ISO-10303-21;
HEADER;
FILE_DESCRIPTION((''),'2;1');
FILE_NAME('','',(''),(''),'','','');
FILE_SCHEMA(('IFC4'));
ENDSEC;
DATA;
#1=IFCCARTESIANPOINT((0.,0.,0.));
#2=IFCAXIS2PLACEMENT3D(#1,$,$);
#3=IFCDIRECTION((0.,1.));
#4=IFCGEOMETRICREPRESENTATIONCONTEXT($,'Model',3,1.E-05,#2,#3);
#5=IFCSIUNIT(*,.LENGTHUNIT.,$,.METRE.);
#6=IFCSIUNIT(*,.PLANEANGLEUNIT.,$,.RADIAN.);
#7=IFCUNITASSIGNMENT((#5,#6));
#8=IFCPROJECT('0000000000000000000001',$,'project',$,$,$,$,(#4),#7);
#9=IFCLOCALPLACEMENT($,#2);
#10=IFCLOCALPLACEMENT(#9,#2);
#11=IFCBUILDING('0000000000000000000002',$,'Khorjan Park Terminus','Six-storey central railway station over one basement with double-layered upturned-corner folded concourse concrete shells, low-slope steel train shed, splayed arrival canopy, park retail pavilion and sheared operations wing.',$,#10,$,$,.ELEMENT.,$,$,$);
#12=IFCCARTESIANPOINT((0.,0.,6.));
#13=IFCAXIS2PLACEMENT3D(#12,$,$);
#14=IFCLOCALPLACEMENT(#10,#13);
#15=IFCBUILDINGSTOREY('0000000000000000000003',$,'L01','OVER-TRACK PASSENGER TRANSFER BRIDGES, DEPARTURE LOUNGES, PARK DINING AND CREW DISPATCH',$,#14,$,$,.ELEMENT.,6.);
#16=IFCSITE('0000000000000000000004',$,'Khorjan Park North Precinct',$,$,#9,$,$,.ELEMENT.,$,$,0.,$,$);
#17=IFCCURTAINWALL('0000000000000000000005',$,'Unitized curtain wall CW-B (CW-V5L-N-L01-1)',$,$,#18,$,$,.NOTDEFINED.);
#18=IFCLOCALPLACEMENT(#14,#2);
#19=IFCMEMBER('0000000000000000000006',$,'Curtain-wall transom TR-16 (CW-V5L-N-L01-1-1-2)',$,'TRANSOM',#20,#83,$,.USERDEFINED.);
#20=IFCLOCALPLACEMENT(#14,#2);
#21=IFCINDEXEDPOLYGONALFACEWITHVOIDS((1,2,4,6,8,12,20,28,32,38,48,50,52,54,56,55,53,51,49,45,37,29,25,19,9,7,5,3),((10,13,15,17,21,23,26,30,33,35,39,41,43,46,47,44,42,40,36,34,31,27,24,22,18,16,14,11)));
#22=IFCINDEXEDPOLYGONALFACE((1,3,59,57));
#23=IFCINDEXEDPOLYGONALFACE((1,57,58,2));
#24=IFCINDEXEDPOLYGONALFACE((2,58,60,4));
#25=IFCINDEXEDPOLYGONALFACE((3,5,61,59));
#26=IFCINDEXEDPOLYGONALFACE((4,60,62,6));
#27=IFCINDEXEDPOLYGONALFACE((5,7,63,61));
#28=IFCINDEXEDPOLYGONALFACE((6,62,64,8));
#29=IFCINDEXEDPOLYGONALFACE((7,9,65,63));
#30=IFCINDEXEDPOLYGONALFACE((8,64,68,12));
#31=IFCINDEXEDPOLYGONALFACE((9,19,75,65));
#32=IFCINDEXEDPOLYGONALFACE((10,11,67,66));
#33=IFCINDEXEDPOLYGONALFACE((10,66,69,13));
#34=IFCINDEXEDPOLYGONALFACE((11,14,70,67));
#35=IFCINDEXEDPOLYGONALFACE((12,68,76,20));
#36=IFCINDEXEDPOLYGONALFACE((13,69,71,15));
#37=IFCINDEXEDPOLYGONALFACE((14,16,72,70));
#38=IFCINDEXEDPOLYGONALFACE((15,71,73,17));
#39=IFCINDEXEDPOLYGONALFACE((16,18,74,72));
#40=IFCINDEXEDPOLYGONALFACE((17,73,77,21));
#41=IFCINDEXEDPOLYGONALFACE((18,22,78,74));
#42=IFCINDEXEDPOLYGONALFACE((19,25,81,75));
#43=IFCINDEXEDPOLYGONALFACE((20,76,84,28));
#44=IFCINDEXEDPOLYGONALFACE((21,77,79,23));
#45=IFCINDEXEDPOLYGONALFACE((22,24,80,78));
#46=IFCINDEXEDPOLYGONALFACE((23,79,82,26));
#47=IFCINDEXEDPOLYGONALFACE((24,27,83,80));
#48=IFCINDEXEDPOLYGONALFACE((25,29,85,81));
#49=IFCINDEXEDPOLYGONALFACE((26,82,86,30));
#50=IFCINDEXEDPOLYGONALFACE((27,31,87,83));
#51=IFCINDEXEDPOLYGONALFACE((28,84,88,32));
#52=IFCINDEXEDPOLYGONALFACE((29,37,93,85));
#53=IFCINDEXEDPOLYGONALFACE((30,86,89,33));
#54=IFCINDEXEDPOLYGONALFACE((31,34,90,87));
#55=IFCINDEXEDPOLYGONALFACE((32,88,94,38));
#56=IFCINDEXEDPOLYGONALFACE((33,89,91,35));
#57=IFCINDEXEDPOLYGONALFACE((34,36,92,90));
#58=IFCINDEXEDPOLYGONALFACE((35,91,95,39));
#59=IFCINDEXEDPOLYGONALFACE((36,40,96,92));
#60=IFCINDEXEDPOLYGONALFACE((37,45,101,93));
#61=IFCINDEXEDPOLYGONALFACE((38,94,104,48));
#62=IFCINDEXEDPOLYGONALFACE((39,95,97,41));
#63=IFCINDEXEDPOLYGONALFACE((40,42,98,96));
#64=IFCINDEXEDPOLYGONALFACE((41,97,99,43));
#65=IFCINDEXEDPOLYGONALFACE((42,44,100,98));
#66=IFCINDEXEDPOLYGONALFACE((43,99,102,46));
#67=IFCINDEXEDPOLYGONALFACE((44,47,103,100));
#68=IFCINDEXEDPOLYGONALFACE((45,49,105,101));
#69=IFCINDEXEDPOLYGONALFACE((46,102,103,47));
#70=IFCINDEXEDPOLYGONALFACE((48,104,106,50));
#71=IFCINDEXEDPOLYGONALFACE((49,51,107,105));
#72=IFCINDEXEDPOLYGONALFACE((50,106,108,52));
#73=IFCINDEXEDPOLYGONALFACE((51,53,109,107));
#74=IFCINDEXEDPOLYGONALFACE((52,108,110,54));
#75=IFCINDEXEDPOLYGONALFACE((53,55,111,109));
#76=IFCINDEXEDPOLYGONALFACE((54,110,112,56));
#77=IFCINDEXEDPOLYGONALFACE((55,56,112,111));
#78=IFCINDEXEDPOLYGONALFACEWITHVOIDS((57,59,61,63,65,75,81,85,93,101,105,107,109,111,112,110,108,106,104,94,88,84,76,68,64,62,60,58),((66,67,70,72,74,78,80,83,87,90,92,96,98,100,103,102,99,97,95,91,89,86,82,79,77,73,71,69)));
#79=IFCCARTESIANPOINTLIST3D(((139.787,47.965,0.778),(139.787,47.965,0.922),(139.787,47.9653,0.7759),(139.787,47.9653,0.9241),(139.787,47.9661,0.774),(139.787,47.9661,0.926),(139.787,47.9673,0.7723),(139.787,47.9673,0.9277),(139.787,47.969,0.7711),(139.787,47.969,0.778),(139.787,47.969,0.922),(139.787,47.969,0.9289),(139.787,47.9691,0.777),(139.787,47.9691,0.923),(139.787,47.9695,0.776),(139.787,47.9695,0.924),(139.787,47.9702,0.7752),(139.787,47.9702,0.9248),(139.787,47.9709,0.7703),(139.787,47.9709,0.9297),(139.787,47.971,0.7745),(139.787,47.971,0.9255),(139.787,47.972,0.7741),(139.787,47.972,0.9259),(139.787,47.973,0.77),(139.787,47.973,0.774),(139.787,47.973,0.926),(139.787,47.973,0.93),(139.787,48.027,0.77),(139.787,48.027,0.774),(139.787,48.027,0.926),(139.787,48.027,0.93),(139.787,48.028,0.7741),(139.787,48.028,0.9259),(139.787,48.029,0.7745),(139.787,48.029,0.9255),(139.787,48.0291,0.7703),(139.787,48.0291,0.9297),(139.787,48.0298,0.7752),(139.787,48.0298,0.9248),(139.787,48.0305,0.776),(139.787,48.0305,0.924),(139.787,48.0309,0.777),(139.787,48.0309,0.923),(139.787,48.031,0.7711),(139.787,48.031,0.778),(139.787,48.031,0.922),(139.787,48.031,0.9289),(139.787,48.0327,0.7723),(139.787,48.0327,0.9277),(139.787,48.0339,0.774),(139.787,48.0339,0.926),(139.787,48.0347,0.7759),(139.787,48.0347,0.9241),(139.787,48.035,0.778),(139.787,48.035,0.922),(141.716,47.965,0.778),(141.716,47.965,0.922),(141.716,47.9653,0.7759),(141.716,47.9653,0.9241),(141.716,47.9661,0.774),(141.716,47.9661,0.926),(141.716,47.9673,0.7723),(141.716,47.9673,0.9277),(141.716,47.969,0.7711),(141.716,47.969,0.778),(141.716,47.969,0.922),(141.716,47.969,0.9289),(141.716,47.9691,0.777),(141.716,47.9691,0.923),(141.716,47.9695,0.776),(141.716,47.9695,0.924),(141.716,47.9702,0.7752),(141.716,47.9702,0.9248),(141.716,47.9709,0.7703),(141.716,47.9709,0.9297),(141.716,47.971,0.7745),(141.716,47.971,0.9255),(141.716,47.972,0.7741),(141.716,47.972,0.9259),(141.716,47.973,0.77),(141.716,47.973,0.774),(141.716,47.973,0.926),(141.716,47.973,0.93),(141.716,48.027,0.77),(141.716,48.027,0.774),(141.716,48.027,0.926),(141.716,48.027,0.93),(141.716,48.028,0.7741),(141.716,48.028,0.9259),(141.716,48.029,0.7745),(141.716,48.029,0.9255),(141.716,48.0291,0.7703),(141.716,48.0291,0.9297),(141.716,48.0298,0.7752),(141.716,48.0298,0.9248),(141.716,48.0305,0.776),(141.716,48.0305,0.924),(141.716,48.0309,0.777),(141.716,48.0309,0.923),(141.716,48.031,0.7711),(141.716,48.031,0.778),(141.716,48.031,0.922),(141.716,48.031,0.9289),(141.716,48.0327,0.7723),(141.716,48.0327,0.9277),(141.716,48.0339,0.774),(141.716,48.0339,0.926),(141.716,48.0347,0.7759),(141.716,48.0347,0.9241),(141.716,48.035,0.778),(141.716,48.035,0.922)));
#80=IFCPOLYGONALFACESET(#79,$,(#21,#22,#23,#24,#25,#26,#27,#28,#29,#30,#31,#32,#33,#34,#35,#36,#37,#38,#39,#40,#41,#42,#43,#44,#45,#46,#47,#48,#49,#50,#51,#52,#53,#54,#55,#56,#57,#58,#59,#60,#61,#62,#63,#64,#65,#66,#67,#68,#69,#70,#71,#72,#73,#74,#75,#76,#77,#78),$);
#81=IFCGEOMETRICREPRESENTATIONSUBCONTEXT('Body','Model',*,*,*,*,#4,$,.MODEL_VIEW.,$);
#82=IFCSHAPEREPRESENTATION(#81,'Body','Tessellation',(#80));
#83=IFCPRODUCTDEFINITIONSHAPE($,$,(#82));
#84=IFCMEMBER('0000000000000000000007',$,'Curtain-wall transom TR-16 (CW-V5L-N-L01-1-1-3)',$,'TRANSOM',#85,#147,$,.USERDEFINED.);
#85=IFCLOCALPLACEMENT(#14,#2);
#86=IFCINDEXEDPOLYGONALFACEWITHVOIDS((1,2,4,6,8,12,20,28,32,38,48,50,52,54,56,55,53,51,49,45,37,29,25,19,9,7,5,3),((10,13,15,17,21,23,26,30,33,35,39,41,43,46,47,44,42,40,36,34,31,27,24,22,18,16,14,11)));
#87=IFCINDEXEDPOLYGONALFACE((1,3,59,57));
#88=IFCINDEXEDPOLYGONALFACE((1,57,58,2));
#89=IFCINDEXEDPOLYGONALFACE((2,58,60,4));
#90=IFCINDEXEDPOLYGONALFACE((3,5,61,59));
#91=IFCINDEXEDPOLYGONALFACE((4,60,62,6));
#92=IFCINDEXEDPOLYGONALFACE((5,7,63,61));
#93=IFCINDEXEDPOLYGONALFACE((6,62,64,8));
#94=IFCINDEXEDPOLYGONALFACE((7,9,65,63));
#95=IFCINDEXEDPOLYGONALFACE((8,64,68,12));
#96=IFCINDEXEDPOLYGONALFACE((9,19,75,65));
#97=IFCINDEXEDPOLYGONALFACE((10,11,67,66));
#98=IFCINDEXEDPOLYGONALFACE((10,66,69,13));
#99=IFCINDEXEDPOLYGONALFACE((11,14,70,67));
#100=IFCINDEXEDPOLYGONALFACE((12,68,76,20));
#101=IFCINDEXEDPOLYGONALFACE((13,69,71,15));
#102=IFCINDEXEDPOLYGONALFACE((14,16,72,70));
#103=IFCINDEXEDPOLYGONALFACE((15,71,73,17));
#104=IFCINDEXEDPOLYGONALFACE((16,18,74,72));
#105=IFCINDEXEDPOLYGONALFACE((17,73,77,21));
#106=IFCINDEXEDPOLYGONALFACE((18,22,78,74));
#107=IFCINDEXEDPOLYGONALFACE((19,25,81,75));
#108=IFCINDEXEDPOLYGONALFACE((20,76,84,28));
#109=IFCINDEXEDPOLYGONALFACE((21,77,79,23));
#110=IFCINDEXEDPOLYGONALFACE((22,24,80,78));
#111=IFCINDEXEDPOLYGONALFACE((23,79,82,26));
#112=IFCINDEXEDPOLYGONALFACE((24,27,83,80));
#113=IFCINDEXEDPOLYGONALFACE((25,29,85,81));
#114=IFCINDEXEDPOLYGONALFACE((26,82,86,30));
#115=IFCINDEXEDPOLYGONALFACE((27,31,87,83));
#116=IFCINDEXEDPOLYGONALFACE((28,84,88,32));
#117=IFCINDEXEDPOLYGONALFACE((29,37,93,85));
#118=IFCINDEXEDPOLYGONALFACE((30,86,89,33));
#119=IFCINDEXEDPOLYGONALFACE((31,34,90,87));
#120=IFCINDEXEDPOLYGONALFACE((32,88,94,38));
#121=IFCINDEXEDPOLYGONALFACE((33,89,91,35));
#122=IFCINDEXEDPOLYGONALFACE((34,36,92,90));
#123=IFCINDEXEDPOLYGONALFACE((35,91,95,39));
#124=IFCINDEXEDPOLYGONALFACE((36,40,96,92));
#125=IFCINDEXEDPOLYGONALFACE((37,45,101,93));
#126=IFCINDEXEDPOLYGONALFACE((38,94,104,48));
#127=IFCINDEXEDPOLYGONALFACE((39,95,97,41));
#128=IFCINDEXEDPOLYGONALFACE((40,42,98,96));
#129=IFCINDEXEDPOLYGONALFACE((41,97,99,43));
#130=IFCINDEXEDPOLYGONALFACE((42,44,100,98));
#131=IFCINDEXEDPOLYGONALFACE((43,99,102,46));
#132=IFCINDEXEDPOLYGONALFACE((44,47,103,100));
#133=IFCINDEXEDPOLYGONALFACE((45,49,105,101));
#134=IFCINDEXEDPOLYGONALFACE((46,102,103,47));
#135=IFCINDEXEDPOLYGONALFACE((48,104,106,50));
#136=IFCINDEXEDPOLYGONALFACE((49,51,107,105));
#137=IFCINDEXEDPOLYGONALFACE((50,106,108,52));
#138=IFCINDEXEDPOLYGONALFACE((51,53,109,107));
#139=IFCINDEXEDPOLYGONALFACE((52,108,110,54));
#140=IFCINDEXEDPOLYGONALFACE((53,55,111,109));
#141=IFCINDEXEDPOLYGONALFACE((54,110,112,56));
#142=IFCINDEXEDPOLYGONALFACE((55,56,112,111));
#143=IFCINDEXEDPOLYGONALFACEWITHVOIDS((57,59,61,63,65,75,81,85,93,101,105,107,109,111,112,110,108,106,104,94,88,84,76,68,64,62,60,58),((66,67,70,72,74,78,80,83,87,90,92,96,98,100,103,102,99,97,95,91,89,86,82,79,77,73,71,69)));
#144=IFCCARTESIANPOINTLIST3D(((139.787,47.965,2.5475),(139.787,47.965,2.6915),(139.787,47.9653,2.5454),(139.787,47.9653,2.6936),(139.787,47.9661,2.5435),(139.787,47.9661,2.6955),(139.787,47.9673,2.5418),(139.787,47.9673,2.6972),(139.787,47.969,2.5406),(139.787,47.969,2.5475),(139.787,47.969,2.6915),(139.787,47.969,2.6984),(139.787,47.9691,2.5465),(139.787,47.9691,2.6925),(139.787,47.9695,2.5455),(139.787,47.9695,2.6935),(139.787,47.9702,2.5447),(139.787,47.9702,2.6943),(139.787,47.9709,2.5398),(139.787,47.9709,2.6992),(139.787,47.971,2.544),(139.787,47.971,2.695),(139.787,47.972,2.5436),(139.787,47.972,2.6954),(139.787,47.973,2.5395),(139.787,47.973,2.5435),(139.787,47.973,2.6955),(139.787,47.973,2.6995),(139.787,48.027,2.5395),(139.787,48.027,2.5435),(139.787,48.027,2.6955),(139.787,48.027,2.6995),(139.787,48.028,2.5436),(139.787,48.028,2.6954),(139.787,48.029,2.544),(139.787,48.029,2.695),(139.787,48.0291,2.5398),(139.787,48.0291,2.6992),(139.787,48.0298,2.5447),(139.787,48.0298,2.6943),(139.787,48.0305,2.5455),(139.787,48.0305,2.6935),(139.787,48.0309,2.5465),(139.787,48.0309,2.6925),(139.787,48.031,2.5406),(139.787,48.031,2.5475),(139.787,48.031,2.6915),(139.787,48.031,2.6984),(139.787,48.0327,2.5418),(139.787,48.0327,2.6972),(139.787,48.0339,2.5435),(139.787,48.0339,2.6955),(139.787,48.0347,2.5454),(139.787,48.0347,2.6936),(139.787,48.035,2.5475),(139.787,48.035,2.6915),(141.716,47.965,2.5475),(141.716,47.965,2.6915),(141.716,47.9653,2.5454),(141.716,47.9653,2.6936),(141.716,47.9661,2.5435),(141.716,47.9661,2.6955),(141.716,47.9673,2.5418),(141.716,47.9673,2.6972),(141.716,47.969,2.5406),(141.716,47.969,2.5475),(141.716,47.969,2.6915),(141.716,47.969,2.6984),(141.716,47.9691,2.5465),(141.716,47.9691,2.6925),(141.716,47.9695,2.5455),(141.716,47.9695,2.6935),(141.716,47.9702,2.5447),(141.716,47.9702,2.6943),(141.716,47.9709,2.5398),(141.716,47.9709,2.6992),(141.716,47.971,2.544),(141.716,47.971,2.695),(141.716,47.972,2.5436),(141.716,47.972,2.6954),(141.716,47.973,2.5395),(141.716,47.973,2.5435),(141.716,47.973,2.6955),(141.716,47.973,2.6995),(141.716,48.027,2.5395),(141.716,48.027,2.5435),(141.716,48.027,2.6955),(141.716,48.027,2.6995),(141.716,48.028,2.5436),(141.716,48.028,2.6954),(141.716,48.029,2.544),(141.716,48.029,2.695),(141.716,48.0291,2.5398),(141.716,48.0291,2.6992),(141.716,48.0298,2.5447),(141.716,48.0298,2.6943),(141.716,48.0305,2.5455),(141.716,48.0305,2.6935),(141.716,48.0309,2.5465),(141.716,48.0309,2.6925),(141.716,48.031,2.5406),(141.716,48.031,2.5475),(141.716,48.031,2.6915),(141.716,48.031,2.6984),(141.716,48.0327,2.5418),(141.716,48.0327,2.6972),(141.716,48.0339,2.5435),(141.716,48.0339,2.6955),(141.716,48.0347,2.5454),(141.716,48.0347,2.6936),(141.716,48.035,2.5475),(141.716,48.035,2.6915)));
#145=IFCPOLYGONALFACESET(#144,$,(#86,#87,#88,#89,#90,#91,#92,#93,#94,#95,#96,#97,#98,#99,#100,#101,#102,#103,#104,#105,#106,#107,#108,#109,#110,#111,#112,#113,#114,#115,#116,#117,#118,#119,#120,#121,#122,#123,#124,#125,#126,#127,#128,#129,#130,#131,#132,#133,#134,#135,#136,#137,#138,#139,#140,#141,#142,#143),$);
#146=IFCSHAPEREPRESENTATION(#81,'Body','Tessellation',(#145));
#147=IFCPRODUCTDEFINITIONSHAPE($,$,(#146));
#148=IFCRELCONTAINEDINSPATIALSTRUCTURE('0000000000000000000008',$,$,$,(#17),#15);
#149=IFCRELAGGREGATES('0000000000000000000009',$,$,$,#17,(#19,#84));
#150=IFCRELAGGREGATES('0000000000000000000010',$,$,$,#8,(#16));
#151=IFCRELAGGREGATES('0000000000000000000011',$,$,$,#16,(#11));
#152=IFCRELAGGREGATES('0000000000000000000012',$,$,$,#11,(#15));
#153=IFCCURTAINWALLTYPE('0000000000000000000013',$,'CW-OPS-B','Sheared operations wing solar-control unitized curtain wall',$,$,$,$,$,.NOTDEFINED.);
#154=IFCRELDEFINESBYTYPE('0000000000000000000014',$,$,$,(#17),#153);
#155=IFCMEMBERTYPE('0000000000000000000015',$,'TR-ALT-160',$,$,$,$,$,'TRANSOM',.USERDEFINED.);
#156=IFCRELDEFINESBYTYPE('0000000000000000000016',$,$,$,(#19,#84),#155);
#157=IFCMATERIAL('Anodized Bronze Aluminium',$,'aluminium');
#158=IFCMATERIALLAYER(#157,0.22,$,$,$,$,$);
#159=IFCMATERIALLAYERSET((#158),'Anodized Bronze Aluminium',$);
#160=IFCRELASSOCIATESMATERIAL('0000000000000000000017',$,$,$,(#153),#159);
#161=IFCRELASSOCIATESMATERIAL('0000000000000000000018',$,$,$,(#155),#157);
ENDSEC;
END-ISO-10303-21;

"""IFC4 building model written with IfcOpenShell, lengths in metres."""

from ifc_helpers import new_model, si_unit, direction, frame, origin, origin_2d, place, context, subcontext, project, spatial, hollow_rectangle, extrude, material, layer, layer_set, material_profile, profile_set, type_object, element, aggregate, save


model = new_model("IFC4")

# Units and contexts
model_context = context("Model", 3, precision=1e-05, world=origin(), true_north=direction((0.0, 1.0)))
body_context = subcontext(model_context, "Body", "Model", "MODEL_VIEW")
ifc_project = project(units=[si_unit("LENGTHUNIT", "METRE"), si_unit("PLANEANGLEUNIT", "RADIAN")], contexts=[model_context])

# Site, building, storey
site_placement = place(None, origin())
site = spatial("IfcSite", under=ifc_project, at=site_placement, Name="Khorjan Park North Precinct", CompositionType="ELEMENT", RefElevation=0.0)
building_placement = place(site_placement, origin())
building = spatial("IfcBuilding", under=site, at=building_placement, Name="Khorjan Park Terminus", Description="Six-storey central railway station over one basement with double-layered upturned-corner folded concourse concrete shells, low-slope steel train shed, splayed arrival canopy, park retail pavilion and sheared operations wing.", CompositionType="ELEMENT")
storey_placement = place(building_placement, frame((0.0, 0.0, 6.0)))
storey = spatial("IfcBuildingStorey", under=building, at=storey_placement, Name="L01", Description="OVER-TRACK PASSENGER TRANSFER BRIDGES, DEPARTURE LOUNGES, PARK DINING AND CREW DISPATCH", CompositionType="ELEMENT", Elevation=6.0)

# Curtain wall
ifc_material_1 = material(Name="Anodized Bronze Aluminium", Category="aluminium")
ifc_layer_1 = layer(ifc_material_1, 0.22)
ifc_layer_set_1 = layer_set([ifc_layer_1], Name="Anodized Bronze Aluminium")
curtain_wall_type = type_object("IfcCurtainWallType", Name="CW-OPS-B", Description="Sheared operations wing solar-control unitized curtain wall", PredefinedType="NOTDEFINED", material=ifc_layer_set_1)
curtain_wall_1_placement = place(storey_placement, origin())
curtain_wall_1 = element("IfcCurtainWall", 1, at=curtain_wall_1_placement, inside=storey, type_object=curtain_wall_type, Name="Unitized curtain wall CW-B (CW-V5L-N-L01-1)", PredefinedType="NOTDEFINED")

# Members
ifc_material_profile_1 = material_profile(ifc_material_1, hollow_rectangle(XDim=0.07, YDim=0.16, WallThickness=0.004, InnerFilletRadius=0.004, OuterFilletRadius=0.008, at=origin_2d()), Name="ALT 70x160x4")
ifc_profile_set_1 = profile_set([ifc_material_profile_1], Name="Anodized Bronze Aluminium")
member_type_1 = type_object("IfcMemberType", Name="TR-ALT-160", ElementType="TRANSOM", PredefinedType="USERDEFINED", material=ifc_profile_set_1)
member_1_placement = place(storey_placement, frame((141.716, 48.0, 0.85), z_axis=(-1.0, 0.0, 0.0), x_axis=(0.0, -1.0, 0.0)))
member_1 = element("IfcMember", 2, at=member_1_placement, type_object=member_type_1, Name="Curtain-wall transom TR-16 (CW-V5L-N-L01-1-1-2)", ObjectType="TRANSOM", PredefinedType="USERDEFINED", context=body_context, shape_type="SweptSolid", body=[
    extrude(hollow_rectangle(XDim=0.07, YDim=0.16, WallThickness=0.004, InnerFilletRadius=0.004, OuterFilletRadius=0.008, at=origin_2d()), origin(), (0.0, 0.0, 1.0), 1.929),
])
member_2_placement = place(storey_placement, frame((141.716, 48.0, 2.6195), z_axis=(-1.0, 0.0, 0.0), x_axis=(0.0, -1.0, 0.0)))
member_2 = element("IfcMember", 3, at=member_2_placement, type_object=member_type_1, Name="Curtain-wall transom TR-16 (CW-V5L-N-L01-1-1-3)", ObjectType="TRANSOM", PredefinedType="USERDEFINED", context=body_context, shape_type="SweptSolid", body=[
    extrude(hollow_rectangle(XDim=0.07, YDim=0.16, WallThickness=0.004, InnerFilletRadius=0.004, OuterFilletRadius=0.008, at=origin_2d()), origin(), (0.0, 0.0, 1.0), 1.929),
])

aggregate(curtain_wall_1, [member_1, member_2])

save(model, "model.ifc")
